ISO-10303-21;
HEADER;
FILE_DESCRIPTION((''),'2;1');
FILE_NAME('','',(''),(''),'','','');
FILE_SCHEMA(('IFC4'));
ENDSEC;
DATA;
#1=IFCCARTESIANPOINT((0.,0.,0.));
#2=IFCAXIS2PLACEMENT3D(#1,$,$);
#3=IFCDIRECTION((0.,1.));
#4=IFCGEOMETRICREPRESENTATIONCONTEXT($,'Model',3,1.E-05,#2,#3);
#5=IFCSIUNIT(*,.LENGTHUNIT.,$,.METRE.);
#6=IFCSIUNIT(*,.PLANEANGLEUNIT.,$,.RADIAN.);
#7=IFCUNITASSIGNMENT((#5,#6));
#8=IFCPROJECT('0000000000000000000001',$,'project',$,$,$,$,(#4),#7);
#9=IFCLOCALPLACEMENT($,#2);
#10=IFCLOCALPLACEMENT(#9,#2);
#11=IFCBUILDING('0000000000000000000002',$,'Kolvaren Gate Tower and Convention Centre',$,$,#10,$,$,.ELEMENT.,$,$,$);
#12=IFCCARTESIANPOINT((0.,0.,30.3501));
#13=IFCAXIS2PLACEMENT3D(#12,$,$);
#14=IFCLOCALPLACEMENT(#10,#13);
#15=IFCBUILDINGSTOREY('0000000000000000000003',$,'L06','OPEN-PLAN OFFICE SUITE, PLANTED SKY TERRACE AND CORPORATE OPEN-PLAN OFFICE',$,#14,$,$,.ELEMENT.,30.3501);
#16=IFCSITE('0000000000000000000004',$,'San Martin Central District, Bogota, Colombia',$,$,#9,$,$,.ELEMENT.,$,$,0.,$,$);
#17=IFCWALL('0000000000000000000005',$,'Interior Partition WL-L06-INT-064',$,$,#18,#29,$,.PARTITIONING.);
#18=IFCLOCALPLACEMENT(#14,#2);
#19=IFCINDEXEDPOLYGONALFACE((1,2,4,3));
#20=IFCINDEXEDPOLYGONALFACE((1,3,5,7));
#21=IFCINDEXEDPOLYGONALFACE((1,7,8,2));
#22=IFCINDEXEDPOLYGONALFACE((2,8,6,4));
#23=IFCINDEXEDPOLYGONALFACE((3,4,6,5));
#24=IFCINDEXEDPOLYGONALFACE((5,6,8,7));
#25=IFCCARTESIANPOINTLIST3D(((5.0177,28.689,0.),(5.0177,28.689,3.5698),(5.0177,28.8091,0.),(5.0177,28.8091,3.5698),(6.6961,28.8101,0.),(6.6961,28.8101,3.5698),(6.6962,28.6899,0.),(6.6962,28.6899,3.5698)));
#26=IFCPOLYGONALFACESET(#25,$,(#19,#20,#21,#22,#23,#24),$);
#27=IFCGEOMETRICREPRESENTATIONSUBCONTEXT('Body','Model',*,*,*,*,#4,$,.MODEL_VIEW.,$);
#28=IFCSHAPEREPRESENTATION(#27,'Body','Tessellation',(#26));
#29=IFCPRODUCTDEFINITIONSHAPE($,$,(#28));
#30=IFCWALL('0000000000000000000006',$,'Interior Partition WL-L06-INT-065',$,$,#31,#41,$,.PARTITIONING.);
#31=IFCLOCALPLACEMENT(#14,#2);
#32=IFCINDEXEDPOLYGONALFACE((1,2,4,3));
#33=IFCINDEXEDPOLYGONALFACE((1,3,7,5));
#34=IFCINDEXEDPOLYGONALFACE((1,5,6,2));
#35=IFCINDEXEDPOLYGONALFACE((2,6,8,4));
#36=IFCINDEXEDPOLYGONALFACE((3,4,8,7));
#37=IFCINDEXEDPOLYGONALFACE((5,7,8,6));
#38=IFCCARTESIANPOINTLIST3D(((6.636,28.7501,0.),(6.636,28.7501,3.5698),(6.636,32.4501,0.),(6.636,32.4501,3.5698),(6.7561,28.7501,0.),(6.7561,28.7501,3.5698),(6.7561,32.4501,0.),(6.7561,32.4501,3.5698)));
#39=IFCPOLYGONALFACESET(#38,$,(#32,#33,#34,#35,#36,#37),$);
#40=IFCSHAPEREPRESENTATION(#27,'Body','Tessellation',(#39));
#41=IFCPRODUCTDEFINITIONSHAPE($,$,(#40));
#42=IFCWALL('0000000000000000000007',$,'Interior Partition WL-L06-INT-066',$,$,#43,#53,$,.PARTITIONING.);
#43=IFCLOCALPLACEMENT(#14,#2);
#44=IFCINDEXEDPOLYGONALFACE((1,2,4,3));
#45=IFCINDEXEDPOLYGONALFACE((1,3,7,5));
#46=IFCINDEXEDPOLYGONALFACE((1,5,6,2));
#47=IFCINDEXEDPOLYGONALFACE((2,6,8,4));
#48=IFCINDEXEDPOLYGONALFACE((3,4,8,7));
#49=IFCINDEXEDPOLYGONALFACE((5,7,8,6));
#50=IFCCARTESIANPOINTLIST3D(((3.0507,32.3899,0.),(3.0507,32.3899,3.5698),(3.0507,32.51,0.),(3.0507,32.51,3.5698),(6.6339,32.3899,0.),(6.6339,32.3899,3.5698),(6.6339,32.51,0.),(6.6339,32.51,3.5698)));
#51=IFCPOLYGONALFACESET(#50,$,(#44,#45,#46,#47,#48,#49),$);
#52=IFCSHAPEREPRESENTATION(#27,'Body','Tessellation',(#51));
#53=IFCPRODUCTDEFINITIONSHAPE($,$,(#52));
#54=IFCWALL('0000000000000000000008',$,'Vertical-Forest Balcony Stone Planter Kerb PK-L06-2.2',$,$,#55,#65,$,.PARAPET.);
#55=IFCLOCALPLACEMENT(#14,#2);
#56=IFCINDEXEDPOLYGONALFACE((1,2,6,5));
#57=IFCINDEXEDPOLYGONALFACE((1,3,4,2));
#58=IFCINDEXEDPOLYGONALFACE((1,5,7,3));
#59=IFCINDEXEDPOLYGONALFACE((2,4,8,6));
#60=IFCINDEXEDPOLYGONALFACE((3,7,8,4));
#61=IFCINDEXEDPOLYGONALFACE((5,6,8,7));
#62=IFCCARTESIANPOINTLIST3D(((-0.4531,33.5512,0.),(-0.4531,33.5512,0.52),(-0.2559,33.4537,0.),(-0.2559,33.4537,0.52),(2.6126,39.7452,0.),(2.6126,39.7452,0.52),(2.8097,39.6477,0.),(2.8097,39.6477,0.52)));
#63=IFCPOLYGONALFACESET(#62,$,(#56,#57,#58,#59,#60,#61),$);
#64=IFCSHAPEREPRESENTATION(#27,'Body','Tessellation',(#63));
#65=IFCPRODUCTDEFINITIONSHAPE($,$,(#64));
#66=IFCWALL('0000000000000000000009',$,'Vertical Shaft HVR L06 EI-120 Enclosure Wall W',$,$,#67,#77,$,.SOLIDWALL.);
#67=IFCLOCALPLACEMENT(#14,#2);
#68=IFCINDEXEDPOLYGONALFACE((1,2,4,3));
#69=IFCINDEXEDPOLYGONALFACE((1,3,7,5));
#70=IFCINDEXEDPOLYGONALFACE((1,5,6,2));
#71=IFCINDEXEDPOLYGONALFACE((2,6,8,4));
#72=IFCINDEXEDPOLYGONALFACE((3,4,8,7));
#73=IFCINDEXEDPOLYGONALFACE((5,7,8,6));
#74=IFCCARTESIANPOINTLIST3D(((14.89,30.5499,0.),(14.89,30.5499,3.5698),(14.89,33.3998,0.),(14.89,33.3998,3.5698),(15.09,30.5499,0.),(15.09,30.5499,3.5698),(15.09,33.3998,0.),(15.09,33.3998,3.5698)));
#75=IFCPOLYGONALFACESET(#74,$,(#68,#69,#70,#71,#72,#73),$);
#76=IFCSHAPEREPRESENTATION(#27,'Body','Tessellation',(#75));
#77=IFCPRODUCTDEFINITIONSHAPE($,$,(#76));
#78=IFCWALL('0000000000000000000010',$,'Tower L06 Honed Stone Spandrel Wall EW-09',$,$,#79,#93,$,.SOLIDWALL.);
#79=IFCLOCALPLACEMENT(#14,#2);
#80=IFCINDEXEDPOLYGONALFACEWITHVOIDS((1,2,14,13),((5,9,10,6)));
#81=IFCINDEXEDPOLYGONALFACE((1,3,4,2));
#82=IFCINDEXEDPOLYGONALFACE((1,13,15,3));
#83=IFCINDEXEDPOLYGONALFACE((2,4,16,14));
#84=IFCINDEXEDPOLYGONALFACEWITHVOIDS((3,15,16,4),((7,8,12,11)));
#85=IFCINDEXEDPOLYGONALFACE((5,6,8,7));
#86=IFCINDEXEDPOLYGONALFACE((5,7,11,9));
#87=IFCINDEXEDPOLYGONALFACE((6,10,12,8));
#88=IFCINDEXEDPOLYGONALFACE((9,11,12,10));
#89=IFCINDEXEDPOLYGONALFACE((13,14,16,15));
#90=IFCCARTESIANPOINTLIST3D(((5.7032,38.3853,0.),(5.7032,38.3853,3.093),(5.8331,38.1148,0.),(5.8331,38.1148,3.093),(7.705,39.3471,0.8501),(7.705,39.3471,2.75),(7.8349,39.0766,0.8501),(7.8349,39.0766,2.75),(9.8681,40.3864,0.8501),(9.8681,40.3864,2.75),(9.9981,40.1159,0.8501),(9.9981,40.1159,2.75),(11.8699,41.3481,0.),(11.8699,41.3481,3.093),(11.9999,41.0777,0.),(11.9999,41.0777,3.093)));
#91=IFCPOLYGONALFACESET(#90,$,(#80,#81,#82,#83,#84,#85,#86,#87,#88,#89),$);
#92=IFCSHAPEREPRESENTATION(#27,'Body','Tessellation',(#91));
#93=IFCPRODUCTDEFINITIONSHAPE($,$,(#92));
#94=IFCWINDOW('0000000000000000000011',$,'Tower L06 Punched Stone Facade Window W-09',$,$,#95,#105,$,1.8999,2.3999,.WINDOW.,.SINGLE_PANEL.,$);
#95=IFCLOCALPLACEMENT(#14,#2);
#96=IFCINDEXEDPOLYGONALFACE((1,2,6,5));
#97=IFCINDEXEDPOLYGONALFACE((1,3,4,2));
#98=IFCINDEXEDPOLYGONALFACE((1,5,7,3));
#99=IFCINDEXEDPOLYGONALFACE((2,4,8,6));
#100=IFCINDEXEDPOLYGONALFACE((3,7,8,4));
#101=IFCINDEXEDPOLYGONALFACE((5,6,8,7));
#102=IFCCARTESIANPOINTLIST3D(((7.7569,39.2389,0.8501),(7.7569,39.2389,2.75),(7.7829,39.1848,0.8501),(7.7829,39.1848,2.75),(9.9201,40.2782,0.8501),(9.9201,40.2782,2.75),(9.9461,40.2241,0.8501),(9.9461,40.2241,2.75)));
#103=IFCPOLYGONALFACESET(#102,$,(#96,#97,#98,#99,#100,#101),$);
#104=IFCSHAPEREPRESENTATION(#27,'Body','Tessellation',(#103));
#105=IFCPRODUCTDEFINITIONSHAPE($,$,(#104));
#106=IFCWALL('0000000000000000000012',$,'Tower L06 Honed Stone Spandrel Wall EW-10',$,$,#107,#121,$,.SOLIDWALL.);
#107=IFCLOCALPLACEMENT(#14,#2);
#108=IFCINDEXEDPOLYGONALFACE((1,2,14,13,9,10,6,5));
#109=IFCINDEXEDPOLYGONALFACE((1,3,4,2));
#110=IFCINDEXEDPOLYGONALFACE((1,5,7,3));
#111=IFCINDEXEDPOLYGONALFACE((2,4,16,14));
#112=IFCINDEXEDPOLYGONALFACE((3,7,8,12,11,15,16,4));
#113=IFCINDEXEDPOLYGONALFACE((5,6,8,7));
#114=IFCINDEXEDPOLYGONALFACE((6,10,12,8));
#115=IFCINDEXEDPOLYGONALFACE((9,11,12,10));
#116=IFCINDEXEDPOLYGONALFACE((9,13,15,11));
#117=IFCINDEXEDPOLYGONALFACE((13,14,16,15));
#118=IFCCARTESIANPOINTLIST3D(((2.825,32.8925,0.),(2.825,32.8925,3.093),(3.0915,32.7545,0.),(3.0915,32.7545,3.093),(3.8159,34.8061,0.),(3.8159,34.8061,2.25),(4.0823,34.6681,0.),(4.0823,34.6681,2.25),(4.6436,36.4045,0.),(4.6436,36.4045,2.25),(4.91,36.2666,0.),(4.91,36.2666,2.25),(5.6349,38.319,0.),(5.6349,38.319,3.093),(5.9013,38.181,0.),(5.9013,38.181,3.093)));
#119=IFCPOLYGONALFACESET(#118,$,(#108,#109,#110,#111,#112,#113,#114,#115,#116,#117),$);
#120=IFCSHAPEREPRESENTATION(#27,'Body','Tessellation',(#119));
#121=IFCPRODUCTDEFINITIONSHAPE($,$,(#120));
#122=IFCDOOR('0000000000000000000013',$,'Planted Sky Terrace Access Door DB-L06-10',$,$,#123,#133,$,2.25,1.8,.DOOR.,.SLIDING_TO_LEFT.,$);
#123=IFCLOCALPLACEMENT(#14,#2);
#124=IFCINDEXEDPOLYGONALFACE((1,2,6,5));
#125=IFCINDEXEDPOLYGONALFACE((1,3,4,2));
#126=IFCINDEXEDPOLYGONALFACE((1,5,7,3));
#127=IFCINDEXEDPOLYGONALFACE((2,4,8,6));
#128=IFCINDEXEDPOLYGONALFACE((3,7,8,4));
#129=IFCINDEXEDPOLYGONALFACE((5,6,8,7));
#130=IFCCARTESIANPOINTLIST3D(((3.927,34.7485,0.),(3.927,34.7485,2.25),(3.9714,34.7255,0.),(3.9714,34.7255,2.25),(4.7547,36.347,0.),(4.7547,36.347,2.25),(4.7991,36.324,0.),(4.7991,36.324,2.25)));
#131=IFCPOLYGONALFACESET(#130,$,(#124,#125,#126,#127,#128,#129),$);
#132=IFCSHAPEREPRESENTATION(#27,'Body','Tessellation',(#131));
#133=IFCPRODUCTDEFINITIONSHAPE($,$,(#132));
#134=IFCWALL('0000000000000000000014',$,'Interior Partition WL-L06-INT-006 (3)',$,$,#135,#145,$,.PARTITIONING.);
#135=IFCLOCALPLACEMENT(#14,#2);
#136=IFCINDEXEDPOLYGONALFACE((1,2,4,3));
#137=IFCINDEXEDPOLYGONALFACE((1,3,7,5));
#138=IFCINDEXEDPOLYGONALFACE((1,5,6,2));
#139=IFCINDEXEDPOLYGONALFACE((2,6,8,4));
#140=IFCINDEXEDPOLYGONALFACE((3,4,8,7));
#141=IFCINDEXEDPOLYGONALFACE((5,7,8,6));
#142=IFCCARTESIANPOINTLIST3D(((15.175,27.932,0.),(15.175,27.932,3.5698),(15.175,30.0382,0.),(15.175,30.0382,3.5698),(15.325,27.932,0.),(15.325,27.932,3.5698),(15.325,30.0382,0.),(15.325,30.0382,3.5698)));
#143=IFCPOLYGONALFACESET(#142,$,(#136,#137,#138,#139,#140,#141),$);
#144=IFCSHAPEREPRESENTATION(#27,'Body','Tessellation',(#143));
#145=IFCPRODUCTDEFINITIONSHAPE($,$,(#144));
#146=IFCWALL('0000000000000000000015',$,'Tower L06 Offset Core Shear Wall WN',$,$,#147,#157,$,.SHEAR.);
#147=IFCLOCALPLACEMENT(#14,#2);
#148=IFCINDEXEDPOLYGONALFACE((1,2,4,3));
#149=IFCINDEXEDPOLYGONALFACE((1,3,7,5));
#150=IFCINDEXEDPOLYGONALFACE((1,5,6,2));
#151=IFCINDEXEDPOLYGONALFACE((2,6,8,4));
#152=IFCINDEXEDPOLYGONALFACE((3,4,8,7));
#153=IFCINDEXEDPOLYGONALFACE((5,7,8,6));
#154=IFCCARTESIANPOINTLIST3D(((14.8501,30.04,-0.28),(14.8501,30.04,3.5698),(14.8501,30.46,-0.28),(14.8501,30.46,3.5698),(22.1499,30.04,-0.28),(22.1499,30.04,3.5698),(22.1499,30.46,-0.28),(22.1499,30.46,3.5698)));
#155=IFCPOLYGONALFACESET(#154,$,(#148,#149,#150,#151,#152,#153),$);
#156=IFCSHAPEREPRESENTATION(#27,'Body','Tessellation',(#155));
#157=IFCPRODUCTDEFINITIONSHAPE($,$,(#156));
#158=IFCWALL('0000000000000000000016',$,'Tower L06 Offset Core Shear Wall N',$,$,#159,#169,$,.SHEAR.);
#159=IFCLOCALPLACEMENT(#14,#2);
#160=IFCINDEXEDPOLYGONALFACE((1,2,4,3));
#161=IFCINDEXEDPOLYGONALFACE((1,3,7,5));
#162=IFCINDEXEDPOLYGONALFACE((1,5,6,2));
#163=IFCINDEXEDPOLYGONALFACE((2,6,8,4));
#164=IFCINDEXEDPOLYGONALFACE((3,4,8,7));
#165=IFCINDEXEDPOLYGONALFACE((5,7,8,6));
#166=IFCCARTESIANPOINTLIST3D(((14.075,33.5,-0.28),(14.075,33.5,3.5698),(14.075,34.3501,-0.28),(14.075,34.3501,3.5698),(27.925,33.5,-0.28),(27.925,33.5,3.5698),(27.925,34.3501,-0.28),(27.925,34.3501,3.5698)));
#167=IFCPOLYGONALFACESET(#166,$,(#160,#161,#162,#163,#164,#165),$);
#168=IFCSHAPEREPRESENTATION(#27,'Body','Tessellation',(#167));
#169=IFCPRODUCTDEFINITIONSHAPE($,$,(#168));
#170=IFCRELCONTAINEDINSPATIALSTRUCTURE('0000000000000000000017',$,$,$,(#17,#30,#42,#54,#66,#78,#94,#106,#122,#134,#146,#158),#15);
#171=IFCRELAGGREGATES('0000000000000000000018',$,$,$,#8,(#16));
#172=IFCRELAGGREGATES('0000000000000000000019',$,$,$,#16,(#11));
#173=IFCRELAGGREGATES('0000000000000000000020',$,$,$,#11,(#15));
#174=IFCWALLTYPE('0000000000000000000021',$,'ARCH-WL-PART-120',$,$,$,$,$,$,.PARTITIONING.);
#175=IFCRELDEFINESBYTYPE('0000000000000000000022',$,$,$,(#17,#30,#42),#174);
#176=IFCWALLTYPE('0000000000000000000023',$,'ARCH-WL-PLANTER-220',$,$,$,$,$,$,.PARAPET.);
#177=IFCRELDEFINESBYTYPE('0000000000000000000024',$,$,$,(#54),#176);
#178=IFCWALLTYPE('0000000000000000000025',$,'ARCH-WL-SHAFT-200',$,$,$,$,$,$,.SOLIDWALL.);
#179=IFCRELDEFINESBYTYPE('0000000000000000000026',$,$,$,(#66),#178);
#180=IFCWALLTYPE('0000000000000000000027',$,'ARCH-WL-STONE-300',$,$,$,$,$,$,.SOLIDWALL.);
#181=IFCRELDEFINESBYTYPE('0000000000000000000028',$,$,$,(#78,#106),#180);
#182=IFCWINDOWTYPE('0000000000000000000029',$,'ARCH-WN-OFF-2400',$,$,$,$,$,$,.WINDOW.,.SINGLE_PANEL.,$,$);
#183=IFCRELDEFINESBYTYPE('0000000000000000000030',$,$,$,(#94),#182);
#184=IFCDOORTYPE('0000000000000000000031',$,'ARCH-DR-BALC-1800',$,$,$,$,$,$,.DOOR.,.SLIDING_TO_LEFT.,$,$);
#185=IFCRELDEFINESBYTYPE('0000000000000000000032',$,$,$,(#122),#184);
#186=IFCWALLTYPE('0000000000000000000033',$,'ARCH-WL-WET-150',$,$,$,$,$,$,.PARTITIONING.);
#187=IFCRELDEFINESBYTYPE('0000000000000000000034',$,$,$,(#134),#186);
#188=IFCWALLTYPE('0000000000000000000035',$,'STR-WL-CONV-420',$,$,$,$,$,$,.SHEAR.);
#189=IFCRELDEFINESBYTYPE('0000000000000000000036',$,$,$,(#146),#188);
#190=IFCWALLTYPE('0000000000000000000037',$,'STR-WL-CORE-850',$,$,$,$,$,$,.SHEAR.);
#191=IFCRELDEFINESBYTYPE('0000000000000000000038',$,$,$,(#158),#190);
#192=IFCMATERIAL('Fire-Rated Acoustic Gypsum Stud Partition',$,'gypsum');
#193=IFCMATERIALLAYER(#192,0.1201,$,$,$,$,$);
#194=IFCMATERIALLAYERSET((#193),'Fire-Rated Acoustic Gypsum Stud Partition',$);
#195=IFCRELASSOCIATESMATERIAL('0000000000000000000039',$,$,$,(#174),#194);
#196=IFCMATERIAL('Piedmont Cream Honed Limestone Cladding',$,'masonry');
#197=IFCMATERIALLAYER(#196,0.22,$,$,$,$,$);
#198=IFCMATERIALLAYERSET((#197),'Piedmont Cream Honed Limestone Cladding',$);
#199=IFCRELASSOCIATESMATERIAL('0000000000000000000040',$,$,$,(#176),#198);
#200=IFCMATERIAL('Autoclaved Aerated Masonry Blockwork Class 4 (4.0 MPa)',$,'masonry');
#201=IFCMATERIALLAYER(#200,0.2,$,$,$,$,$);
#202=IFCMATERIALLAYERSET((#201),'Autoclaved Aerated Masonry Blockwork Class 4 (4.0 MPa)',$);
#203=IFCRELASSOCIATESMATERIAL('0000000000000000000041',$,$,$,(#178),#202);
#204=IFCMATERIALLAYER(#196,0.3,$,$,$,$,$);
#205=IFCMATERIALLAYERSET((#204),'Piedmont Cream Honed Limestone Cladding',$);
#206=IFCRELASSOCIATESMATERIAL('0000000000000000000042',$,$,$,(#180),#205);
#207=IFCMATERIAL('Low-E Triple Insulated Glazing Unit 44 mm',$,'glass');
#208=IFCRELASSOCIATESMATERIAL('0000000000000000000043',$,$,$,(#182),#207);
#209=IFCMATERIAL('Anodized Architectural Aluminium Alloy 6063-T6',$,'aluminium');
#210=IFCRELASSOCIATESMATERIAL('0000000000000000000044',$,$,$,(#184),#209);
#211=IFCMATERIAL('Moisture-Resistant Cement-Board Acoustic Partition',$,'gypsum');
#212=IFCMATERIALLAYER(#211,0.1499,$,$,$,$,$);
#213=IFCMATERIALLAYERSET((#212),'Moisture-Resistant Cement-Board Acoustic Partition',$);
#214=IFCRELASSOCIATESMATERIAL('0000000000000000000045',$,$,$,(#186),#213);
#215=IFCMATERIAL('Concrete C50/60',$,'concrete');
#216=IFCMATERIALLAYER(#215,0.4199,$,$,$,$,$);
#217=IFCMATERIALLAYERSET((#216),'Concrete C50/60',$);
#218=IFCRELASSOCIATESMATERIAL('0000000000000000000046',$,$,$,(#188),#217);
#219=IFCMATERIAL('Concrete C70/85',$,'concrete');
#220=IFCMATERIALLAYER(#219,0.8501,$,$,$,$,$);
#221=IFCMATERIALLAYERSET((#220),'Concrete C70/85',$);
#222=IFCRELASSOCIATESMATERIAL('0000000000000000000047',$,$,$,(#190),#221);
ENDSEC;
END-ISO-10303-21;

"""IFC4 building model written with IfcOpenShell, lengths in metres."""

from ifc_helpers import new_model, si_unit, direction, frame, frame_2d, origin, place, context, subcontext, project, spatial, rectangle, extrude, material, layer, layer_set, type_object, element, fill, save


model = new_model("IFC4")

# Units and contexts
model_context = context("Model", 3, precision=1e-05, world=origin(), true_north=direction((0.0, 1.0)))
body_context = subcontext(model_context, "Body", "Model", "MODEL_VIEW")
ifc_project = project(units=[si_unit("LENGTHUNIT", "METRE"), si_unit("PLANEANGLEUNIT", "RADIAN")], contexts=[model_context])

# Site, building, storey
site_placement = place(None, origin())
site = spatial("IfcSite", under=ifc_project, at=site_placement, Name="San Martin Central District, Bogota, Colombia", CompositionType="ELEMENT", RefElevation=0.0)
building_placement = place(site_placement, origin())
building = spatial("IfcBuilding", under=site, at=building_placement, Name="Kolvaren Gate Tower and Convention Centre", CompositionType="ELEMENT")
storey_placement = place(building_placement, frame((0.0, 0.0, 30.3501)))
storey = spatial("IfcBuildingStorey", under=building, at=storey_placement, Name="L06", Description="OPEN-PLAN OFFICE SUITE, PLANTED SKY TERRACE AND CORPORATE OPEN-PLAN OFFICE", CompositionType="ELEMENT", Elevation=30.3501)

# Shared definitions
ifc_material_1 = material(Name="Concrete C70/85", Category="concrete")

# Shared definitions
ifc_material_2 = material(Name="Autoclaved Aerated Masonry Blockwork Class 4 (4.0 MPa)", Category="masonry")

# Shared definitions
ifc_material_3 = material(Name="Fire-Rated Acoustic Gypsum Stud Partition", Category="gypsum")
ifc_layer_1 = layer(ifc_material_3, 0.1201)
ifc_layer_set_1 = layer_set([ifc_layer_1], Name="Fire-Rated Acoustic Gypsum Stud Partition")
wall_type_1 = type_object("IfcWallType", Name="ARCH-WL-PART-120", PredefinedType="PARTITIONING", material=ifc_layer_set_1)

# Walls
wall_1_placement = place(storey_placement, frame((5.0176, 28.749, 0.0), z_axis=(0.0, 0.0, 1.0), x_axis=(1.0, 0.000582, 0.0)))
element("IfcWall", 1, at=wall_1_placement, inside=storey, type_object=wall_type_1, Name="Interior Partition WL-L06-INT-064", PredefinedType="PARTITIONING", context=body_context, shape_type="SweptSolid", body=[
    extrude(rectangle(XDim=1.6785, YDim=0.1201, at=frame_2d((0.8394, 0.0))), origin(), (0.0, 0.0, 1.0), 3.5698),
])
wall_2_placement = place(storey_placement, frame((6.696, 28.75, 0.0), z_axis=(0.0, 0.0, 1.0), x_axis=(0.0, 1.0, 0.0)))
element("IfcWall", 2, at=wall_2_placement, inside=storey, type_object=wall_type_1, Name="Interior Partition WL-L06-INT-065", PredefinedType="PARTITIONING", context=body_context, shape_type="SweptSolid", body=[
    extrude(rectangle(XDim=3.7, YDim=0.1201, at=frame_2d((1.8501, 0.0))), origin(), (0.0, 0.0, 1.0), 3.5698),
])
wall_3_placement = place(storey_placement, frame((3.0508, 32.45, 0.0), z_axis=(0.0, 0.0, 1.0), x_axis=(1.0, 0.0, 0.0)))
element("IfcWall", 3, at=wall_3_placement, inside=storey, type_object=wall_type_1, Name="Interior Partition WL-L06-INT-066", PredefinedType="PARTITIONING", context=body_context, shape_type="SweptSolid", body=[
    extrude(rectangle(XDim=3.5833, YDim=0.1201, at=frame_2d((1.7915, 0.0))), origin(), (0.0, 0.0, 1.0), 3.5698),
])
ifc_material_4 = material(Name="Piedmont Cream Honed Limestone Cladding", Category="masonry")
ifc_layer_2 = layer(ifc_material_4, 0.22)
ifc_layer_set_2 = layer_set([ifc_layer_2], Name="Piedmont Cream Honed Limestone Cladding")
wall_type_2 = type_object("IfcWallType", Name="ARCH-WL-PLANTER-220", PredefinedType="PARAPET", material=ifc_layer_set_2)
wall_4_placement = place(storey_placement, frame((-0.3545, 33.5024, 0.0), z_axis=(0.0, 0.0, 1.0), x_axis=(0.443578, 0.896236, 0.0)))
element("IfcWall", 4, at=wall_4_placement, inside=storey, type_object=wall_type_2, Name="Vertical-Forest Balcony Stone Planter Kerb PK-L06-2.2", PredefinedType="PARAPET", context=body_context, shape_type="SweptSolid", body=[
    extrude(rectangle(XDim=6.9111, YDim=0.22, at=frame_2d((3.4556, 0.0))), origin(), (0.0, 0.0, 1.0), 0.52),
])
ifc_layer_3 = layer(ifc_material_2, 0.2)
ifc_layer_set_3 = layer_set([ifc_layer_3], Name="Autoclaved Aerated Masonry Blockwork Class 4 (4.0 MPa)")
wall_type_3 = type_object("IfcWallType", Name="ARCH-WL-SHAFT-200", PredefinedType="SOLIDWALL", material=ifc_layer_set_3)
wall_5_placement = place(storey_placement, frame((14.99, 30.55, 0.0), z_axis=(0.0, 0.0, 1.0), x_axis=(0.0, 1.0, 0.0)))
element("IfcWall", 5, at=wall_5_placement, inside=storey, type_object=wall_type_3, Name="Vertical Shaft HVR L06 EI-120 Enclosure Wall W", PredefinedType="SOLIDWALL", context=body_context, shape_type="SweptSolid", body=[
    extrude(rectangle(XDim=2.8499, YDim=0.2, at=frame_2d((1.4248, 0.0))), origin(), (0.0, 0.0, 1.0), 3.5698),
])

# Wall, opening, window
ifc_layer_4 = layer(ifc_material_4, 0.3)
ifc_layer_set_4 = layer_set([ifc_layer_4], Name="Piedmont Cream Honed Limestone Cladding")
wall_type_4 = type_object("IfcWallType", Name="ARCH-WL-STONE-300", PredefinedType="SOLIDWALL", material=ifc_layer_set_4)
wall_6_placement = place(storey_placement, frame((5.7681, 38.25, 0.0), z_axis=(0.0, 0.0, 1.0), x_axis=(0.90136, 0.43307, 0.0)))
wall_6 = element("IfcWall", 6, at=wall_6_placement, inside=storey, type_object=wall_type_4, Name="Tower L06 Honed Stone Spandrel Wall EW-09", PredefinedType="SOLIDWALL", context=body_context, shape_type="SweptSolid", body=[
    extrude(rectangle(XDim=6.8416, YDim=0.3, at=frame_2d((3.4209, 0.0))), origin(), (0.0, 0.0, 1.0), 3.093),
])
opening_1_placement = place(wall_6_placement, frame((2.2209, 0.0, 0.8501)))
opening_1 = element("IfcOpeningElement", 7, at=opening_1_placement, cuts=wall_6, PredefinedType="OPENING", context=body_context, shape_type="SweptSolid", body=[
    extrude(rectangle(XDim=2.3999, YDim=1.8999, at=frame_2d((1.2, 0.95))), frame((0.0, 0.1599, 0.0), z_axis=(0.0, -1.0, 0.0), x_axis=(1.0, 0.0, 0.0)), (0.0, 0.0, 1.0), 0.3201),
])
ifc_material_5 = material(Name="Low-E Triple Insulated Glazing Unit 44 mm", Category="glass")
window_type = type_object("IfcWindowType", Name="ARCH-WN-OFF-2400", PartitioningType="SINGLE_PANEL", PredefinedType="WINDOW", material=ifc_material_5)
window_placement = place(opening_1_placement, origin())
window = element("IfcWindow", 8, at=window_placement, inside=storey, type_object=window_type, Name="Tower L06 Punched Stone Facade Window W-09", OverallHeight=1.8999, OverallWidth=2.3999, PartitioningType="SINGLE_PANEL", PredefinedType="WINDOW", context=body_context, shape_type="SweptSolid", body=[
    extrude(rectangle(XDim=2.3999, YDim=1.8999, at=frame_2d((1.2, 0.95))), frame((0.0, 0.03, 0.0), z_axis=(0.0, -1.0, 0.0), x_axis=(1.0, 0.0, 0.0)), (0.0, 0.0, 1.0), 0.0601),
])
fill(opening_1, window)

# Wall, opening, door
wall_7_placement = place(storey_placement, frame((2.9583, 32.8235, 0.0), z_axis=(0.0, 0.0, 1.0), x_axis=(0.45981, 0.888017, 0.0)))
wall_7 = element("IfcWall", 9, at=wall_7_placement, inside=storey, type_object=wall_type_4, Name="Tower L06 Honed Stone Spandrel Wall EW-10", PredefinedType="SOLIDWALL", context=body_context, shape_type="SweptSolid", body=[
    extrude(rectangle(XDim=6.1108, YDim=0.3, at=frame_2d((3.0554, 0.0))), origin(), (0.0, 0.0, 1.0), 3.093),
])
opening_2_placement = place(wall_7_placement, frame((2.155, 0.0, 0.0)))
opening_2 = element("IfcOpeningElement", 10, at=opening_2_placement, cuts=wall_7, PredefinedType="OPENING", context=body_context, shape_type="SweptSolid", body=[
    extrude(rectangle(XDim=1.8, YDim=2.25, at=frame_2d((0.8999, 1.125))), frame((0.0, 0.1599, 0.0), z_axis=(0.0, -1.0, 0.0), x_axis=(1.0, 0.0, 0.0)), (0.0, 0.0, 1.0), 0.3201),
])
ifc_material_6 = material(Name="Anodized Architectural Aluminium Alloy 6063-T6", Category="aluminium")
door_type_1 = type_object("IfcDoorType", Name="ARCH-DR-BALC-1800", OperationType="SLIDING_TO_LEFT", PredefinedType="DOOR", material=ifc_material_6)
door_1_placement = place(opening_2_placement, origin())
door_1 = element("IfcDoor", 11, at=door_1_placement, inside=storey, type_object=door_type_1, Name="Planted Sky Terrace Access Door DB-L06-10", OperationType="SLIDING_TO_LEFT", OverallHeight=2.25, OverallWidth=1.8, PredefinedType="DOOR", context=body_context, shape_type="SweptSolid", body=[
    extrude(rectangle(XDim=1.8, YDim=2.25, at=frame_2d((0.8999, 1.125))), frame((0.0, 0.0249, 0.0), z_axis=(0.0, -1.0, 0.0), x_axis=(1.0, 0.0, 0.0)), (0.0, 0.0, 1.0), 0.05),
])
fill(opening_2, door_1)

# Walls
ifc_material_7 = material(Name="Moisture-Resistant Cement-Board Acoustic Partition", Category="gypsum")
ifc_layer_5 = layer(ifc_material_7, 0.1499)
ifc_layer_set_5 = layer_set([ifc_layer_5], Name="Moisture-Resistant Cement-Board Acoustic Partition")
wall_type_5 = type_object("IfcWallType", Name="ARCH-WL-WET-150", PredefinedType="PARTITIONING", material=ifc_layer_set_5)
wall_8_placement = place(storey_placement, frame((15.25, 27.9319, 0.0), z_axis=(0.0, 0.0, 1.0), x_axis=(0.0, 1.0, 0.0)))
element("IfcWall", 12, at=wall_8_placement, inside=storey, type_object=wall_type_5, Name="Interior Partition WL-L06-INT-006 (3)", PredefinedType="PARTITIONING", context=body_context, shape_type="SweptSolid", body=[
    extrude(rectangle(XDim=2.1062, YDim=0.1499, at=frame_2d((1.0532, 0.0))), origin(), (0.0, 0.0, 1.0), 3.5698),
])
ifc_material_8 = material(Name="Concrete C50/60", Category="concrete")
ifc_layer_6 = layer(ifc_material_8, 0.4199)
ifc_layer_set_6 = layer_set([ifc_layer_6], Name="Concrete C50/60")
wall_type_6 = type_object("IfcWallType", Name="STR-WL-CONV-420", PredefinedType="SHEAR", material=ifc_layer_set_6)
wall_9_placement = place(storey_placement, frame((14.8501, 30.25, -0.28), z_axis=(0.0, 0.0, 1.0), x_axis=(1.0, 0.0, 0.0)))
element("IfcWall", 13, at=wall_9_placement, inside=storey, type_object=wall_type_6, Name="Tower L06 Offset Core Shear Wall WN", PredefinedType="SHEAR", context=body_context, shape_type="SweptSolid", body=[
    extrude(rectangle(XDim=7.2998, YDim=0.4199, at=frame_2d((3.6499, 0.0))), origin(), (0.0, 0.0, 1.0), 3.8499),
])
ifc_layer_7 = layer(ifc_material_1, 0.8501)
ifc_layer_set_7 = layer_set([ifc_layer_7], Name="Concrete C70/85")
wall_type_7 = type_object("IfcWallType", Name="STR-WL-CORE-850", PredefinedType="SHEAR", material=ifc_layer_set_7)
wall_10_placement = place(storey_placement, frame((14.075, 33.925, -0.28), z_axis=(0.0, 0.0, 1.0), x_axis=(1.0, 0.0, 0.0)))
element("IfcWall", 14, at=wall_10_placement, inside=storey, type_object=wall_type_7, Name="Tower L06 Offset Core Shear Wall N", PredefinedType="SHEAR", context=body_context, shape_type="SweptSolid", body=[
    extrude(rectangle(XDim=13.8501, YDim=0.8501, at=frame_2d((6.925, 0.0))), origin(), (0.0, 0.0, 1.0), 3.8499),
])

save(model, "model.ifc")
